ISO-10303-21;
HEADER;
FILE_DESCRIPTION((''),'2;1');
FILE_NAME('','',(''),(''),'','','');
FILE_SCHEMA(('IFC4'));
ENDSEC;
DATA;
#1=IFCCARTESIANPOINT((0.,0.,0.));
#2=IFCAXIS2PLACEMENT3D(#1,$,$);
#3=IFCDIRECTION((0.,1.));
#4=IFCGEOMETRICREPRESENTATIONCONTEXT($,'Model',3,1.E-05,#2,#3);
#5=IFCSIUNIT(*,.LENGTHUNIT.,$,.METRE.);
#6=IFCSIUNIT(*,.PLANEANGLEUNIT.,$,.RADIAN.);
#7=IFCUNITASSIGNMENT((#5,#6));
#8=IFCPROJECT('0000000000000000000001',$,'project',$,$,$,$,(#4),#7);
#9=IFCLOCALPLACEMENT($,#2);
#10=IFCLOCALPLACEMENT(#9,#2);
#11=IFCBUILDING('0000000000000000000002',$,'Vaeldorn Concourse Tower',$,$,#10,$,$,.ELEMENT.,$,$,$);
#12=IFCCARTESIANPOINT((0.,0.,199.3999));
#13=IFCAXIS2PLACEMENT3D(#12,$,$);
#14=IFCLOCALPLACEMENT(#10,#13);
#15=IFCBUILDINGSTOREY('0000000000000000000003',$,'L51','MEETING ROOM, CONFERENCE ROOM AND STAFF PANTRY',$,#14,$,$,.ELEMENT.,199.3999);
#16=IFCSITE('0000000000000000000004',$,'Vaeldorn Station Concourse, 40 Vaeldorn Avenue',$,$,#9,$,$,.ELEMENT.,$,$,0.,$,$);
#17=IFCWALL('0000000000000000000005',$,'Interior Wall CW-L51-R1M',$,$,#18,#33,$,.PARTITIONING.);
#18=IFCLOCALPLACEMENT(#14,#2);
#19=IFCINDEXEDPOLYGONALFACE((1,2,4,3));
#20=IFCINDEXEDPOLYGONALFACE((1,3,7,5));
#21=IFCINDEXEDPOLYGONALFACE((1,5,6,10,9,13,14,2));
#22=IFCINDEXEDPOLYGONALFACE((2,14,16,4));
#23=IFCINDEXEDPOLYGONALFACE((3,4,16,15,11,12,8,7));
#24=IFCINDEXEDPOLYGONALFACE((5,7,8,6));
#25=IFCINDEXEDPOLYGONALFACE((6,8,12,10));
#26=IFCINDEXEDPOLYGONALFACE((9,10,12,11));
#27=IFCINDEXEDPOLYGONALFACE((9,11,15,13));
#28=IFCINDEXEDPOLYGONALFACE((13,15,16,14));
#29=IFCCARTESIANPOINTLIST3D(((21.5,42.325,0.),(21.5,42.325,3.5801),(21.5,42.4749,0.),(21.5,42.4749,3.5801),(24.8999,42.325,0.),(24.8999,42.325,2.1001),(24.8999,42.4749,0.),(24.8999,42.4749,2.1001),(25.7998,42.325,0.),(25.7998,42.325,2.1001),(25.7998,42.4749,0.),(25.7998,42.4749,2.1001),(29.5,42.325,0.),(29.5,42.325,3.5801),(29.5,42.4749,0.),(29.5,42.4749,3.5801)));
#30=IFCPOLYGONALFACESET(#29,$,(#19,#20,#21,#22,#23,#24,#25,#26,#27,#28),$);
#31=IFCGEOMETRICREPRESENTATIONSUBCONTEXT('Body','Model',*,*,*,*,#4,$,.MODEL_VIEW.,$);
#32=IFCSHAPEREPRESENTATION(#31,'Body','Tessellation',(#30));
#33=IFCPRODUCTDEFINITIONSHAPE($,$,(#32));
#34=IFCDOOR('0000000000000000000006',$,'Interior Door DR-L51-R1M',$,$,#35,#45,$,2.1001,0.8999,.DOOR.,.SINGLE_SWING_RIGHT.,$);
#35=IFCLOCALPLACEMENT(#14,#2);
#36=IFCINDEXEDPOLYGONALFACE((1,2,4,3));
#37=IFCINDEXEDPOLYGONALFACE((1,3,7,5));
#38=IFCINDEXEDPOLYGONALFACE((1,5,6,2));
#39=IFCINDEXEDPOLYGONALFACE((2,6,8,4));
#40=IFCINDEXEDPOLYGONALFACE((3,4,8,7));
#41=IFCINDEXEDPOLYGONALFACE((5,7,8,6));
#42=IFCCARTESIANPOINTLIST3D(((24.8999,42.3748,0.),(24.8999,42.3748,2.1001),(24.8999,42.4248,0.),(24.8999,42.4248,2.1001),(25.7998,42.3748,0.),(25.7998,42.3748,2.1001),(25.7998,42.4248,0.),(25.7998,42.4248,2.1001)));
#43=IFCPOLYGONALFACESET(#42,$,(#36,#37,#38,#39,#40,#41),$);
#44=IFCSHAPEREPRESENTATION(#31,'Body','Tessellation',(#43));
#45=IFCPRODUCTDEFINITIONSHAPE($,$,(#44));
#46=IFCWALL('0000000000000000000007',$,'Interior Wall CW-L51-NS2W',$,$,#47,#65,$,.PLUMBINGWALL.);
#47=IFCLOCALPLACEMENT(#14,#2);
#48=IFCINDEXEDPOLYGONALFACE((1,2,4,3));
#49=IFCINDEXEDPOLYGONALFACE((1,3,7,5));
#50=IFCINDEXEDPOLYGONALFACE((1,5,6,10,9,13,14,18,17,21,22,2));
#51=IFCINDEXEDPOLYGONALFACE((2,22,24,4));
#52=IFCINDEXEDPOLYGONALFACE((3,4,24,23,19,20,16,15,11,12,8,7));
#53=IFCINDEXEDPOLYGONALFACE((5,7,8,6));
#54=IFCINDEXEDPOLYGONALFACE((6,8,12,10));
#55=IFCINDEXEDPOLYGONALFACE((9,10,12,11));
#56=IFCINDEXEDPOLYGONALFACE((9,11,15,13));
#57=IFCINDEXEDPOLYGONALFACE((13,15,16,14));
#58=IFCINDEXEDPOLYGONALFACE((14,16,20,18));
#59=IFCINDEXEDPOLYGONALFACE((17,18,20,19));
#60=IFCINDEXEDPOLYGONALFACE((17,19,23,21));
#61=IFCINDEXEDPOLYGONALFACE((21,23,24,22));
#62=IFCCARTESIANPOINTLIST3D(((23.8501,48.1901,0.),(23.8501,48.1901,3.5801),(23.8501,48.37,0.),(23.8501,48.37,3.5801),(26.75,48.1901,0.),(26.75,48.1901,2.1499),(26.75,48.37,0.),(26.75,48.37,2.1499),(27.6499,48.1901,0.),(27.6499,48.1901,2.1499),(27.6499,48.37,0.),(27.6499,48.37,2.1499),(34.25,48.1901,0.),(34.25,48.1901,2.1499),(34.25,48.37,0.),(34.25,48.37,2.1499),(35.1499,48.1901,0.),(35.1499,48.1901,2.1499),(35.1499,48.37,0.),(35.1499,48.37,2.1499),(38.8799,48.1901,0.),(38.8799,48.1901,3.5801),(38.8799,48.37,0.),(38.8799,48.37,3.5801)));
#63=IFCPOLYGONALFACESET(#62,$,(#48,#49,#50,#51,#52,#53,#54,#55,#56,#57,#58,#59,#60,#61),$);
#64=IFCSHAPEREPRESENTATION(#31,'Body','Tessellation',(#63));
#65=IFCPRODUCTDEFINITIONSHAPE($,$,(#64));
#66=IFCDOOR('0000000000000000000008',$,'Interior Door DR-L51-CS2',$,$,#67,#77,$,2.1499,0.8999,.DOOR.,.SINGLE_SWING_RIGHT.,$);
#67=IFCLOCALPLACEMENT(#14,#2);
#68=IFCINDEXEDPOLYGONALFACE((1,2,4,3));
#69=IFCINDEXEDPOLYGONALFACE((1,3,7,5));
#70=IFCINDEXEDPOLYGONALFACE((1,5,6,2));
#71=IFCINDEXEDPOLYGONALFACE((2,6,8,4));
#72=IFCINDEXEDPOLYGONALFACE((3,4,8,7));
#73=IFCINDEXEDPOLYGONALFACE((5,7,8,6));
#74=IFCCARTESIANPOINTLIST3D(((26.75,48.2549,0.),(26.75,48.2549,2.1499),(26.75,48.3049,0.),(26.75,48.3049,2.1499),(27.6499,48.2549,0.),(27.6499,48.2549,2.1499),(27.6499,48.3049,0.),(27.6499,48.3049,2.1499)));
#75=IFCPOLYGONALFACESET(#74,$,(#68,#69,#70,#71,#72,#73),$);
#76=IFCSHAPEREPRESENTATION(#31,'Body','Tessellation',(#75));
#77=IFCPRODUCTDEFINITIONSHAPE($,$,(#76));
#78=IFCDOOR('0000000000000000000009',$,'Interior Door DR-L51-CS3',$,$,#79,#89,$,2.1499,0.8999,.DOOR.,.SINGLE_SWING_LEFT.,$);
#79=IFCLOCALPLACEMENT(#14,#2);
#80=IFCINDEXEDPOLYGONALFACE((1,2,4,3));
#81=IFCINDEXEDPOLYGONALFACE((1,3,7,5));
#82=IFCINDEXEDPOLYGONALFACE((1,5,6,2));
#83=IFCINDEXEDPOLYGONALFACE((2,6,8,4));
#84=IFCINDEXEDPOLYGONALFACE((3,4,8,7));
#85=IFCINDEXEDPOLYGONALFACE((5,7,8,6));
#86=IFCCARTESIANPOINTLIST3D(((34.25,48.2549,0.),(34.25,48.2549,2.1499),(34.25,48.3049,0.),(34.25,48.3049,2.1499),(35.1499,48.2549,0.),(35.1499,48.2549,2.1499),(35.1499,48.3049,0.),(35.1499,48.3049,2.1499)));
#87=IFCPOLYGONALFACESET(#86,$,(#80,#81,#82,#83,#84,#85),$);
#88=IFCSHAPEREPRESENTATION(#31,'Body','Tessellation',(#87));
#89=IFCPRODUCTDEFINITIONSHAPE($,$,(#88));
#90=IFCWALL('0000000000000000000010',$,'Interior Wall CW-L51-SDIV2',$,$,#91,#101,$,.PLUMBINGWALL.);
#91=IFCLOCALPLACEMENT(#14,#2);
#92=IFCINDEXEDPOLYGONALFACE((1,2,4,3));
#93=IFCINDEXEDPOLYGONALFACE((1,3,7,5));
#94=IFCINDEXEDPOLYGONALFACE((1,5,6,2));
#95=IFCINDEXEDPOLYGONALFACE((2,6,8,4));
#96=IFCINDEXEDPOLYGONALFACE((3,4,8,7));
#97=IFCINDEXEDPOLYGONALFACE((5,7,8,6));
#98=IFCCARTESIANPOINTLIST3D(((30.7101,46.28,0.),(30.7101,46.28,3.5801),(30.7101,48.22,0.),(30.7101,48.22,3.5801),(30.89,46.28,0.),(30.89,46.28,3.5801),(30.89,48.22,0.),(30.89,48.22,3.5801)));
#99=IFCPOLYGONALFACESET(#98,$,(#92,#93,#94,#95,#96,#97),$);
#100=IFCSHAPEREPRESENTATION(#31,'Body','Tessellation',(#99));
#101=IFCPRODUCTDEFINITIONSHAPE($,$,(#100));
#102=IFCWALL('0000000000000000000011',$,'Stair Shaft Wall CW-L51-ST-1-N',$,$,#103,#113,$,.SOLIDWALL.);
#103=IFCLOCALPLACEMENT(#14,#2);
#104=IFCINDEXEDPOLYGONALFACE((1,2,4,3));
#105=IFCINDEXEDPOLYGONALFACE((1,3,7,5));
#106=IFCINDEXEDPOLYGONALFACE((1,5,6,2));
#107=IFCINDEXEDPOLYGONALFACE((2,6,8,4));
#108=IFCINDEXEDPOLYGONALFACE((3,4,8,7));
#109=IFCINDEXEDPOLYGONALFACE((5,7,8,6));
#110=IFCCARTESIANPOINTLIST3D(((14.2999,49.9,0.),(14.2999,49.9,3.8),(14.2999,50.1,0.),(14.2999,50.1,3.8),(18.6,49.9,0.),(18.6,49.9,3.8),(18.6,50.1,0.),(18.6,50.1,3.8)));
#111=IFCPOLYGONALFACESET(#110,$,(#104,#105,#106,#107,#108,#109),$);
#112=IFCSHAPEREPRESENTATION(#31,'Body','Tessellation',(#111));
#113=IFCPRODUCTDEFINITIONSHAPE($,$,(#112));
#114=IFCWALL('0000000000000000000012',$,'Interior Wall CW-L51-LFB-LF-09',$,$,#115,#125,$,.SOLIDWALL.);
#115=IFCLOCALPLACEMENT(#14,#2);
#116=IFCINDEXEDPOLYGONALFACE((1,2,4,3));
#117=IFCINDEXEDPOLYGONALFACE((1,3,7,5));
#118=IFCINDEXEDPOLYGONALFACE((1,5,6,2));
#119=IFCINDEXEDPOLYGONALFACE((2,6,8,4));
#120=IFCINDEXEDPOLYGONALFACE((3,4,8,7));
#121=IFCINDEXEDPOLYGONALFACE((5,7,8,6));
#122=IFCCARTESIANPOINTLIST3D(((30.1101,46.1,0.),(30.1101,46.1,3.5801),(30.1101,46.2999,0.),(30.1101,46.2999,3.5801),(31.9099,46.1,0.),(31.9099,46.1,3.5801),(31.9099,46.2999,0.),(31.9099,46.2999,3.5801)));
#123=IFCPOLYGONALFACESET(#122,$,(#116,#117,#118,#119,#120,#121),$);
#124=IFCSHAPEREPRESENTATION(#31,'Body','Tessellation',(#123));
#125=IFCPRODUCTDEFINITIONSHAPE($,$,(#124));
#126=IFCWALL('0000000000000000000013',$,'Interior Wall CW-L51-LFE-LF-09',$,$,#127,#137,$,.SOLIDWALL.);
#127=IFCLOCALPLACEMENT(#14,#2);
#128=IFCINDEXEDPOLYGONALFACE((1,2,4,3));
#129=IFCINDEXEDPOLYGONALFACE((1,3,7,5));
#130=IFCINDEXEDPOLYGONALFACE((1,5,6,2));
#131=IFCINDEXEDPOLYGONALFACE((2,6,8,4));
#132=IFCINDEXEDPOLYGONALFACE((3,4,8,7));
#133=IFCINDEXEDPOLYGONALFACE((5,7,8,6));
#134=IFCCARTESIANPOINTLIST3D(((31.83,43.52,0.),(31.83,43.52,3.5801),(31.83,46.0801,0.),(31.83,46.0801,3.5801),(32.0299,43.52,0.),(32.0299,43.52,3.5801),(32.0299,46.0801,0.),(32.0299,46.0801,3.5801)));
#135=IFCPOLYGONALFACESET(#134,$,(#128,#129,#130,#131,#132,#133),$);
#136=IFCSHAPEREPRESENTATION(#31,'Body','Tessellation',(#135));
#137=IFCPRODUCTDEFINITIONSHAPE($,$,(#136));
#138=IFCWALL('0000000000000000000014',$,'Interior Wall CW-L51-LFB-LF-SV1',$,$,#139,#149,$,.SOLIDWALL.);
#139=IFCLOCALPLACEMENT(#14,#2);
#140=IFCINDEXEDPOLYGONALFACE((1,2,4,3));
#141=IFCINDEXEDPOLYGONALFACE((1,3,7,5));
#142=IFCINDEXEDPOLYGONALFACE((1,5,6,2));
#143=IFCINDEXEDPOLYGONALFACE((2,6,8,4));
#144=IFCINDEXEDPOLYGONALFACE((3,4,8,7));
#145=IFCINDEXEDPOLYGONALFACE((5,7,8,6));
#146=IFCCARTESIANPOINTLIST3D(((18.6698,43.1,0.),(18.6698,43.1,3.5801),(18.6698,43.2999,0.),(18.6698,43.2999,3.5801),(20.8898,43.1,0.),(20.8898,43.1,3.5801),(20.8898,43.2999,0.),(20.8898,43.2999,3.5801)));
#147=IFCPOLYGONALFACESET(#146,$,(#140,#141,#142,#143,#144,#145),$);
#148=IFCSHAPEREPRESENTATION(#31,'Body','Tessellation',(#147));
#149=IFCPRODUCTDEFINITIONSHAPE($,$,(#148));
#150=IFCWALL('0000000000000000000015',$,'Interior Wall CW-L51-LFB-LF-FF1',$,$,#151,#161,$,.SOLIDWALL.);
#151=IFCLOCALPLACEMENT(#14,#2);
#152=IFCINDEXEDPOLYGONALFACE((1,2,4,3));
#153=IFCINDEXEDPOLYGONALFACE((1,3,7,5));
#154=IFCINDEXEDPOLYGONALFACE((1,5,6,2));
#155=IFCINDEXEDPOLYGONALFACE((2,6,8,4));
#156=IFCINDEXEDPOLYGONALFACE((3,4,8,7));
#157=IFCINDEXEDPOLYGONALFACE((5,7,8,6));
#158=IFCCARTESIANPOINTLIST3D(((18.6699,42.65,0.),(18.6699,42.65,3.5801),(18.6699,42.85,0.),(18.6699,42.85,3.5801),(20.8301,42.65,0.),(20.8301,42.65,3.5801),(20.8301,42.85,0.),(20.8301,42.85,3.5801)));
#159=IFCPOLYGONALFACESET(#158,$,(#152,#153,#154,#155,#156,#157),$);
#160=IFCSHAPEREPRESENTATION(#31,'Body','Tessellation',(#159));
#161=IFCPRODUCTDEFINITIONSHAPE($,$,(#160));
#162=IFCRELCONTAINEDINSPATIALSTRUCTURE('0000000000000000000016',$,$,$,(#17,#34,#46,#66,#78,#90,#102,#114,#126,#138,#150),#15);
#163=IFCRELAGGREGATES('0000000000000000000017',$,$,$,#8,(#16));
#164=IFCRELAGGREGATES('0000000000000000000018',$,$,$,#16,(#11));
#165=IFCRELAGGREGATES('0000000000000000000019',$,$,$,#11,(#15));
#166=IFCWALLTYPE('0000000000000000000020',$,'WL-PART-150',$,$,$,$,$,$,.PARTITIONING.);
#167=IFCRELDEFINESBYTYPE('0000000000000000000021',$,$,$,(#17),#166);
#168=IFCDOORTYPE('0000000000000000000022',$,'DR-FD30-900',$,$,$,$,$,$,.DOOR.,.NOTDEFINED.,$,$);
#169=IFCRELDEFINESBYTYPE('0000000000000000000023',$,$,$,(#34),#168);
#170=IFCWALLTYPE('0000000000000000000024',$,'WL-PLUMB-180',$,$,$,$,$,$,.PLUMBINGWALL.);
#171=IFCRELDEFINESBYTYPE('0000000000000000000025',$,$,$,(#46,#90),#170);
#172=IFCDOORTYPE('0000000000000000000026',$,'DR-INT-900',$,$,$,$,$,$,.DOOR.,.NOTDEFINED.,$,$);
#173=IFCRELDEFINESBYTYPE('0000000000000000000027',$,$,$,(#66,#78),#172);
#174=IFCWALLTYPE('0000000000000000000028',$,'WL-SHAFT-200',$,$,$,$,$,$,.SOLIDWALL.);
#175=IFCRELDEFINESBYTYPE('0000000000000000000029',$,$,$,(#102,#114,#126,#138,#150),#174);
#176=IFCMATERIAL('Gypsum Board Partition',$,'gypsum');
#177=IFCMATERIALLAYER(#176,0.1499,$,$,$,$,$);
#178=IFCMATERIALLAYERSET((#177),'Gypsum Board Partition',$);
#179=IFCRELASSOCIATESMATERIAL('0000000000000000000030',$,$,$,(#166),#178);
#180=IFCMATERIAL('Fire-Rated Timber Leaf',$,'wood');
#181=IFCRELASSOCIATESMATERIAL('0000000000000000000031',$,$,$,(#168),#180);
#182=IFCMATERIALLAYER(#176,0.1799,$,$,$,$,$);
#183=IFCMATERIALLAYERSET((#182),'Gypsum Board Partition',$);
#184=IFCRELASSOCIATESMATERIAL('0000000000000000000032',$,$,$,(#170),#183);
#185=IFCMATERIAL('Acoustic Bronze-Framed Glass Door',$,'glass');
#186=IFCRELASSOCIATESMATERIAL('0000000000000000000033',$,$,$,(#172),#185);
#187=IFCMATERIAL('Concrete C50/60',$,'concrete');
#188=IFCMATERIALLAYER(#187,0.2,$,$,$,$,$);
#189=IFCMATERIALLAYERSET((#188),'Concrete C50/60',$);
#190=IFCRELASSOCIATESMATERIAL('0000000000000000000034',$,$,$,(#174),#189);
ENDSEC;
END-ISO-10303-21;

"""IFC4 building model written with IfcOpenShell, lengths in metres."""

from ifc_helpers import new_model, si_unit, direction, frame, frame_2d, origin, place, context, subcontext, project, spatial, rectangle, extrude, source, transform, mapped, material, layer, layer_set, type_object, element, fill, save


model = new_model("IFC4")

# Units and contexts
model_context = context("Model", 3, precision=1e-05, world=origin(), true_north=direction((0.0, 1.0)))
body_context = subcontext(model_context, "Body", "Model", "MODEL_VIEW")
ifc_project = project(units=[si_unit("LENGTHUNIT", "METRE"), si_unit("PLANEANGLEUNIT", "RADIAN")], contexts=[model_context])

# Site, building, storey
site_placement = place(None, origin())
site = spatial("IfcSite", under=ifc_project, at=site_placement, Name="Vaeldorn Station Concourse, 40 Vaeldorn Avenue", CompositionType="ELEMENT", RefElevation=0.0)
building_placement = place(site_placement, origin())
building = spatial("IfcBuilding", under=site, at=building_placement, Name="Vaeldorn Concourse Tower", CompositionType="ELEMENT")
storey_placement = place(building_placement, frame((0.0, 0.0, 199.3999)))
storey = spatial("IfcBuildingStorey", under=building, at=storey_placement, Name="L51", Description="MEETING ROOM, CONFERENCE ROOM AND STAFF PANTRY", CompositionType="ELEMENT", Elevation=199.3999)

# Shared definitions
ifc_material_1 = material(Name="Concrete C50/60", Category="concrete")
ifc_material_2 = material(Name="Gypsum Board Partition", Category="gypsum")
ifc_layer_1 = layer(ifc_material_2, 0.1499)
ifc_layer_set_1 = layer_set([ifc_layer_1], Name="Gypsum Board Partition")
wall_type_1 = type_object("IfcWallType", Name="WL-PART-150", PredefinedType="PARTITIONING", material=ifc_layer_set_1)

# Wall, opening, door
wall_1_placement = place(storey_placement, frame((21.5, 42.3999, 0.0), z_axis=(0.0, 0.0, 1.0), x_axis=(1.0, 0.0, 0.0)))
wall_1 = element("IfcWall", 1, at=wall_1_placement, inside=storey, type_object=wall_type_1, Name="Interior Wall CW-L51-R1M", PredefinedType="PARTITIONING", context=body_context, shape_type="SweptSolid", body=[
    extrude(rectangle(XDim=8.0, YDim=0.1499, at=frame_2d((4.0, 0.0))), origin(), (0.0, 0.0, 1.0), 3.5801),
])
opening_1_placement = place(wall_1_placement, frame((3.3999, 0.0, 0.0)))
opening_1 = element("IfcOpeningElement", 2, at=opening_1_placement, cuts=wall_1, PredefinedType="OPENING", context=body_context, shape_type="SweptSolid", body=[
    extrude(rectangle(XDim=0.8999, YDim=2.1001, at=frame_2d((0.45, 1.05))), frame((0.0, 0.085, 0.0), z_axis=(0.0, -1.0, 0.0), x_axis=(1.0, 0.0, 0.0)), (0.0, 0.0, 1.0), 0.1699),
])
ifc_material_3 = material(Name="Fire-Rated Timber Leaf", Category="wood")
door_type_1 = type_object("IfcDoorType", Name="DR-FD30-900", OperationType="NOTDEFINED", PredefinedType="DOOR", material=ifc_material_3)
shared_shape_1 = source(origin(), body_context, "Body", "SweptSolid", [
    extrude(rectangle(XDim=0.8999, YDim=2.1001, at=frame_2d((0.45, 1.05))), frame((0.0, 0.0249, 0.0), z_axis=(0.0, -1.0, 0.0), x_axis=(1.0, 0.0, 0.0)), (0.0, 0.0, 1.0), 0.05),
])
door_1_placement = place(opening_1_placement, origin())
door_1 = element("IfcDoor", 3, at=door_1_placement, inside=storey, type_object=door_type_1, Name="Interior Door DR-L51-R1M", OperationType="SINGLE_SWING_RIGHT", OverallHeight=2.1001, OverallWidth=0.8999, PredefinedType="DOOR", context=body_context, shape_type="MappedRepresentation", body=[
    mapped(shared_shape_1, transform((0.0, 0.0, 0.0), scale=1.0)),
])
fill(opening_1, door_1)

# Wall, openings, doors
ifc_layer_2 = layer(ifc_material_2, 0.1799)
ifc_layer_set_2 = layer_set([ifc_layer_2], Name="Gypsum Board Partition")
wall_type_2 = type_object("IfcWallType", Name="WL-PLUMB-180", PredefinedType="PLUMBINGWALL", material=ifc_layer_set_2)
wall_2_placement = place(storey_placement, frame((23.8501, 48.28, 0.0), z_axis=(0.0, 0.0, 1.0), x_axis=(1.0, 0.0, 0.0)))
wall_2 = element("IfcWall", 4, at=wall_2_placement, inside=storey, type_object=wall_type_2, Name="Interior Wall CW-L51-NS2W", PredefinedType="PLUMBINGWALL", context=body_context, shape_type="SweptSolid", body=[
    extrude(rectangle(XDim=15.0298, YDim=0.1799, at=frame_2d((7.5149, 0.0))), origin(), (0.0, 0.0, 1.0), 3.5801),
])
opening_2_placement = place(wall_2_placement, frame((2.8999, 0.0, 0.0)))
opening_2 = element("IfcOpeningElement", 5, at=opening_2_placement, cuts=wall_2, PredefinedType="OPENING", context=body_context, shape_type="SweptSolid", body=[
    extrude(rectangle(XDim=0.8999, YDim=2.1499, at=frame_2d((0.45, 1.075))), frame((0.0, 0.1001, 0.0), z_axis=(0.0, -1.0, 0.0), x_axis=(1.0, 0.0, 0.0)), (0.0, 0.0, 1.0), 0.2),
])
opening_3_placement = place(wall_2_placement, frame((10.3999, 0.0, 0.0)))
opening_3 = element("IfcOpeningElement", 6, at=opening_3_placement, cuts=wall_2, PredefinedType="OPENING", context=body_context, shape_type="SweptSolid", body=[
    extrude(rectangle(XDim=0.8999, YDim=2.1499, at=frame_2d((0.45, 1.075))), frame((0.0, 0.1001, 0.0), z_axis=(0.0, -1.0, 0.0), x_axis=(1.0, 0.0, 0.0)), (0.0, 0.0, 1.0), 0.2),
])
ifc_material_4 = material(Name="Acoustic Bronze-Framed Glass Door", Category="glass")
door_type_2 = type_object("IfcDoorType", Name="DR-INT-900", OperationType="NOTDEFINED", PredefinedType="DOOR", material=ifc_material_4)
shared_shape_2 = source(origin(), body_context, "Body", "SweptSolid", [
    extrude(rectangle(XDim=0.8999, YDim=2.1499, at=frame_2d((0.45, 1.075))), frame((0.0, 0.0249, 0.0), z_axis=(0.0, -1.0, 0.0), x_axis=(1.0, 0.0, 0.0)), (0.0, 0.0, 1.0), 0.05),
])
door_2_placement = place(opening_2_placement, origin())
door_2 = element("IfcDoor", 7, at=door_2_placement, inside=storey, type_object=door_type_2, Name="Interior Door DR-L51-CS2", OperationType="SINGLE_SWING_RIGHT", OverallHeight=2.1499, OverallWidth=0.8999, PredefinedType="DOOR", context=body_context, shape_type="MappedRepresentation", body=[
    mapped(shared_shape_2, transform((0.0, 0.0, 0.0), scale=1.0)),
])
fill(opening_2, door_2)
door_3_placement = place(opening_3_placement, origin())
door_3 = element("IfcDoor", 8, at=door_3_placement, inside=storey, type_object=door_type_2, Name="Interior Door DR-L51-CS3", OperationType="SINGLE_SWING_LEFT", OverallHeight=2.1499, OverallWidth=0.8999, PredefinedType="DOOR", context=body_context, shape_type="MappedRepresentation", body=[
    mapped(shared_shape_2, transform((0.0, 0.0, 0.0), scale=1.0)),
])
fill(opening_3, door_3)

# Walls
wall_3_placement = place(storey_placement, frame((30.8, 46.28, 0.0), z_axis=(0.0, 0.0, 1.0), x_axis=(0.0, 1.0, 0.0)))
element("IfcWall", 9, at=wall_3_placement, inside=storey, type_object=wall_type_2, Name="Interior Wall CW-L51-SDIV2", PredefinedType="PLUMBINGWALL", context=body_context, shape_type="SweptSolid", body=[
    extrude(rectangle(XDim=1.9399, YDim=0.1799, at=frame_2d((0.97, 0.0))), origin(), (0.0, 0.0, 1.0), 3.5801),
])
ifc_layer_3 = layer(ifc_material_1, 0.2)
ifc_layer_set_3 = layer_set([ifc_layer_3], Name="Concrete C50/60")
wall_type_3 = type_object("IfcWallType", Name="WL-SHAFT-200", PredefinedType="SOLIDWALL", material=ifc_layer_set_3)
wall_4_placement = place(storey_placement, frame((14.3, 50.0, 0.0), z_axis=(0.0, 0.0, 1.0), x_axis=(1.0, 0.0, 0.0)))
element("IfcWall", 10, at=wall_4_placement, inside=storey, type_object=wall_type_3, Name="Stair Shaft Wall CW-L51-ST-1-N", PredefinedType="SOLIDWALL", context=body_context, shape_type="SweptSolid", body=[
    extrude(rectangle(XDim=4.3, YDim=0.2, at=frame_2d((2.1499, 0.0))), origin(), (0.0, 0.0, 1.0), 3.8),
])

# Walls
wall_5_placement = place(storey_placement, frame((30.1101, 46.2, 0.0), z_axis=(0.0, 0.0, 1.0), x_axis=(1.0, 0.0, 0.0)))
element("IfcWall", 11, at=wall_5_placement, inside=storey, type_object=wall_type_3, Name="Interior Wall CW-L51-LFB-LF-09", PredefinedType="SOLIDWALL", context=body_context, shape_type="SweptSolid", body=[
    extrude(rectangle(XDim=1.7998, YDim=0.2, at=frame_2d((0.8999, 0.0))), origin(), (0.0, 0.0, 1.0), 3.5801),
])
wall_6_placement = place(storey_placement, frame((31.9299, 43.52, 0.0), z_axis=(0.0, 0.0, 1.0), x_axis=(0.0, 1.0, 0.0)))
element("IfcWall", 12, at=wall_6_placement, inside=storey, type_object=wall_type_3, Name="Interior Wall CW-L51-LFE-LF-09", PredefinedType="SOLIDWALL", context=body_context, shape_type="SweptSolid", body=[
    extrude(rectangle(XDim=2.5601, YDim=0.2, at=frame_2d((1.28, 0.0))), origin(), (0.0, 0.0, 1.0), 3.5801),
])

# Walls
wall_7_placement = place(storey_placement, frame((18.6699, 43.2, 0.0), z_axis=(0.0, 0.0, 1.0), x_axis=(1.0, 0.0, 0.0)))
element("IfcWall", 13, at=wall_7_placement, inside=storey, type_object=wall_type_3, Name="Interior Wall CW-L51-LFB-LF-SV1", PredefinedType="SOLIDWALL", context=body_context, shape_type="SweptSolid", body=[
    extrude(rectangle(XDim=2.22, YDim=0.2, at=frame_2d((1.1099, 0.0))), origin(), (0.0, 0.0, 1.0), 3.5801),
])
wall_8_placement = place(storey_placement, frame((18.6699, 42.75, 0.0), z_axis=(0.0, 0.0, 1.0), x_axis=(1.0, 0.0, 0.0)))
element("IfcWall", 14, at=wall_8_placement, inside=storey, type_object=wall_type_3, Name="Interior Wall CW-L51-LFB-LF-FF1", PredefinedType="SOLIDWALL", context=body_context, shape_type="SweptSolid", body=[
    extrude(rectangle(XDim=2.1602, YDim=0.2, at=frame_2d((1.0801, 0.0))), origin(), (0.0, 0.0, 1.0), 3.5801),
])

save(model, "model.ifc")
